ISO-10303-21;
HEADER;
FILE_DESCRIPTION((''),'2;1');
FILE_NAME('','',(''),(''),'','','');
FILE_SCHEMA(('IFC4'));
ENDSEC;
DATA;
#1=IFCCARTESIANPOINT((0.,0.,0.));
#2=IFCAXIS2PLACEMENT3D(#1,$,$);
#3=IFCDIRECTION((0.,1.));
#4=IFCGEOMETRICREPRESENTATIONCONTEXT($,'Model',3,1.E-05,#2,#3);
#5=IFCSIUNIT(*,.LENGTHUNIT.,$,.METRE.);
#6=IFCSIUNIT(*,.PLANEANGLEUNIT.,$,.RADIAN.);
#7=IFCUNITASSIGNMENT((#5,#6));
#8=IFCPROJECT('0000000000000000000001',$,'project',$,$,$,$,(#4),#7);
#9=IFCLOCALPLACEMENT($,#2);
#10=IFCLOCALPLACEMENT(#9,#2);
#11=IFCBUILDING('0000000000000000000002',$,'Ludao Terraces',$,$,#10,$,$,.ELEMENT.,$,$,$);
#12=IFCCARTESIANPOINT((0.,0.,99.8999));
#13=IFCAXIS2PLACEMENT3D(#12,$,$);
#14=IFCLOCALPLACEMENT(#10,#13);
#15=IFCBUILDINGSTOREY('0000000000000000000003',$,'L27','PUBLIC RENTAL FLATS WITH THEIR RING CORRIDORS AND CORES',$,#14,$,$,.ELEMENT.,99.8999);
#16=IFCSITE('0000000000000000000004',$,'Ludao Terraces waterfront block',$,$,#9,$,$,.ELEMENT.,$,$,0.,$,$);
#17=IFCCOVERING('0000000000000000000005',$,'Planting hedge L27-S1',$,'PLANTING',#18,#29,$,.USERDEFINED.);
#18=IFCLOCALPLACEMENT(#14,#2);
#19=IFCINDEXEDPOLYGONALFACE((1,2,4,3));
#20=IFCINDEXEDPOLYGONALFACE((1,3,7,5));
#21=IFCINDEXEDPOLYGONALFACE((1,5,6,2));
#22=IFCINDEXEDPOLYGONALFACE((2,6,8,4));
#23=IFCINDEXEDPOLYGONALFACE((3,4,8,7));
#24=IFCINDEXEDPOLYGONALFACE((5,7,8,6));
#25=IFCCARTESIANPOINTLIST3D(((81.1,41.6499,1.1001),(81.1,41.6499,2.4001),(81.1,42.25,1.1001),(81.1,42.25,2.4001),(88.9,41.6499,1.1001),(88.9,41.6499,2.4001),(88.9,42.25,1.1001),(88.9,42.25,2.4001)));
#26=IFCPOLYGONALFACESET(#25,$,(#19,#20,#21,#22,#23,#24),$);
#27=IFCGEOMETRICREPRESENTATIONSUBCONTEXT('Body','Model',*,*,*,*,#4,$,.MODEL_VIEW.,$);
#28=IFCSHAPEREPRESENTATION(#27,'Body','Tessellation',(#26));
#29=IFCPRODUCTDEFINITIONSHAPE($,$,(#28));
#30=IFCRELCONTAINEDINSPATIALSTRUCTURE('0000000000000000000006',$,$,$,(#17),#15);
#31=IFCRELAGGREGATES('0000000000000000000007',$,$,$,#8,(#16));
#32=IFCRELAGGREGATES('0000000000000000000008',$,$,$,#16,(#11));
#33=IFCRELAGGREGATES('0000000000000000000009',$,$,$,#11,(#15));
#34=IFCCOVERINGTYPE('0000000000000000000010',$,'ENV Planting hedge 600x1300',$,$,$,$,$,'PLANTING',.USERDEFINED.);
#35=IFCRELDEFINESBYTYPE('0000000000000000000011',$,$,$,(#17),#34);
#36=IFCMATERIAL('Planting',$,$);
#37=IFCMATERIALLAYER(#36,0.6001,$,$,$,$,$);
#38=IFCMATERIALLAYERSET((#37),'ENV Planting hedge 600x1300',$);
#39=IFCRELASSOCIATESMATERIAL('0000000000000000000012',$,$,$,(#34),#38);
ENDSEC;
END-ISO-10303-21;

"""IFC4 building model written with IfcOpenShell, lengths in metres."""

from ifc_helpers import new_model, si_unit, direction, frame, origin, origin_2d, place, context, subcontext, project, spatial, rectangle, extrude, material, layer, layer_set, type_object, element, save


model = new_model("IFC4")

# Units and contexts
model_context = context("Model", 3, precision=1e-05, world=origin(), true_north=direction((0.0, 1.0)))
body_context = subcontext(model_context, "Body", "Model", "MODEL_VIEW")
ifc_project = project(units=[si_unit("LENGTHUNIT", "METRE"), si_unit("PLANEANGLEUNIT", "RADIAN")], contexts=[model_context])

# Site, building, storey
site_placement = place(None, origin())
site = spatial("IfcSite", under=ifc_project, at=site_placement, Name="Ludao Terraces waterfront block", CompositionType="ELEMENT", RefElevation=0.0)
building_placement = place(site_placement, origin())
building = spatial("IfcBuilding", under=site, at=building_placement, Name="Ludao Terraces", CompositionType="ELEMENT")
storey_placement = place(building_placement, frame((0.0, 0.0, 99.8999)))
storey = spatial("IfcBuildingStorey", under=building, at=storey_placement, Name="L27", Description="PUBLIC RENTAL FLATS WITH THEIR RING CORRIDORS AND CORES", CompositionType="ELEMENT", Elevation=99.8999)

# Covering
ifc_material_1 = material(Name="Planting")
ifc_layer_1 = layer(ifc_material_1, 0.6001)
ifc_layer_set_1 = layer_set([ifc_layer_1], Name="ENV Planting hedge 600x1300")
covering_type = type_object("IfcCoveringType", Name="ENV Planting hedge 600x1300", ElementType="PLANTING", PredefinedType="USERDEFINED", material=ifc_layer_set_1)
covering_placement = place(storey_placement, frame((85.0, 41.95, 1.1001), z_axis=(0.0, 0.0, 1.0), x_axis=(1.0, 0.0, 0.0)))
element("IfcCovering", 1, at=covering_placement, inside=storey, type_object=covering_type, Name="Planting hedge L27-S1", ObjectType="PLANTING", PredefinedType="USERDEFINED", context=body_context, shape_type="SweptSolid", body=[
    extrude(rectangle(XDim=7.8, YDim=0.6001, at=origin_2d()), origin(), (0.0, 0.0, 1.0), 1.3),
])

save(model, "model.ifc")
